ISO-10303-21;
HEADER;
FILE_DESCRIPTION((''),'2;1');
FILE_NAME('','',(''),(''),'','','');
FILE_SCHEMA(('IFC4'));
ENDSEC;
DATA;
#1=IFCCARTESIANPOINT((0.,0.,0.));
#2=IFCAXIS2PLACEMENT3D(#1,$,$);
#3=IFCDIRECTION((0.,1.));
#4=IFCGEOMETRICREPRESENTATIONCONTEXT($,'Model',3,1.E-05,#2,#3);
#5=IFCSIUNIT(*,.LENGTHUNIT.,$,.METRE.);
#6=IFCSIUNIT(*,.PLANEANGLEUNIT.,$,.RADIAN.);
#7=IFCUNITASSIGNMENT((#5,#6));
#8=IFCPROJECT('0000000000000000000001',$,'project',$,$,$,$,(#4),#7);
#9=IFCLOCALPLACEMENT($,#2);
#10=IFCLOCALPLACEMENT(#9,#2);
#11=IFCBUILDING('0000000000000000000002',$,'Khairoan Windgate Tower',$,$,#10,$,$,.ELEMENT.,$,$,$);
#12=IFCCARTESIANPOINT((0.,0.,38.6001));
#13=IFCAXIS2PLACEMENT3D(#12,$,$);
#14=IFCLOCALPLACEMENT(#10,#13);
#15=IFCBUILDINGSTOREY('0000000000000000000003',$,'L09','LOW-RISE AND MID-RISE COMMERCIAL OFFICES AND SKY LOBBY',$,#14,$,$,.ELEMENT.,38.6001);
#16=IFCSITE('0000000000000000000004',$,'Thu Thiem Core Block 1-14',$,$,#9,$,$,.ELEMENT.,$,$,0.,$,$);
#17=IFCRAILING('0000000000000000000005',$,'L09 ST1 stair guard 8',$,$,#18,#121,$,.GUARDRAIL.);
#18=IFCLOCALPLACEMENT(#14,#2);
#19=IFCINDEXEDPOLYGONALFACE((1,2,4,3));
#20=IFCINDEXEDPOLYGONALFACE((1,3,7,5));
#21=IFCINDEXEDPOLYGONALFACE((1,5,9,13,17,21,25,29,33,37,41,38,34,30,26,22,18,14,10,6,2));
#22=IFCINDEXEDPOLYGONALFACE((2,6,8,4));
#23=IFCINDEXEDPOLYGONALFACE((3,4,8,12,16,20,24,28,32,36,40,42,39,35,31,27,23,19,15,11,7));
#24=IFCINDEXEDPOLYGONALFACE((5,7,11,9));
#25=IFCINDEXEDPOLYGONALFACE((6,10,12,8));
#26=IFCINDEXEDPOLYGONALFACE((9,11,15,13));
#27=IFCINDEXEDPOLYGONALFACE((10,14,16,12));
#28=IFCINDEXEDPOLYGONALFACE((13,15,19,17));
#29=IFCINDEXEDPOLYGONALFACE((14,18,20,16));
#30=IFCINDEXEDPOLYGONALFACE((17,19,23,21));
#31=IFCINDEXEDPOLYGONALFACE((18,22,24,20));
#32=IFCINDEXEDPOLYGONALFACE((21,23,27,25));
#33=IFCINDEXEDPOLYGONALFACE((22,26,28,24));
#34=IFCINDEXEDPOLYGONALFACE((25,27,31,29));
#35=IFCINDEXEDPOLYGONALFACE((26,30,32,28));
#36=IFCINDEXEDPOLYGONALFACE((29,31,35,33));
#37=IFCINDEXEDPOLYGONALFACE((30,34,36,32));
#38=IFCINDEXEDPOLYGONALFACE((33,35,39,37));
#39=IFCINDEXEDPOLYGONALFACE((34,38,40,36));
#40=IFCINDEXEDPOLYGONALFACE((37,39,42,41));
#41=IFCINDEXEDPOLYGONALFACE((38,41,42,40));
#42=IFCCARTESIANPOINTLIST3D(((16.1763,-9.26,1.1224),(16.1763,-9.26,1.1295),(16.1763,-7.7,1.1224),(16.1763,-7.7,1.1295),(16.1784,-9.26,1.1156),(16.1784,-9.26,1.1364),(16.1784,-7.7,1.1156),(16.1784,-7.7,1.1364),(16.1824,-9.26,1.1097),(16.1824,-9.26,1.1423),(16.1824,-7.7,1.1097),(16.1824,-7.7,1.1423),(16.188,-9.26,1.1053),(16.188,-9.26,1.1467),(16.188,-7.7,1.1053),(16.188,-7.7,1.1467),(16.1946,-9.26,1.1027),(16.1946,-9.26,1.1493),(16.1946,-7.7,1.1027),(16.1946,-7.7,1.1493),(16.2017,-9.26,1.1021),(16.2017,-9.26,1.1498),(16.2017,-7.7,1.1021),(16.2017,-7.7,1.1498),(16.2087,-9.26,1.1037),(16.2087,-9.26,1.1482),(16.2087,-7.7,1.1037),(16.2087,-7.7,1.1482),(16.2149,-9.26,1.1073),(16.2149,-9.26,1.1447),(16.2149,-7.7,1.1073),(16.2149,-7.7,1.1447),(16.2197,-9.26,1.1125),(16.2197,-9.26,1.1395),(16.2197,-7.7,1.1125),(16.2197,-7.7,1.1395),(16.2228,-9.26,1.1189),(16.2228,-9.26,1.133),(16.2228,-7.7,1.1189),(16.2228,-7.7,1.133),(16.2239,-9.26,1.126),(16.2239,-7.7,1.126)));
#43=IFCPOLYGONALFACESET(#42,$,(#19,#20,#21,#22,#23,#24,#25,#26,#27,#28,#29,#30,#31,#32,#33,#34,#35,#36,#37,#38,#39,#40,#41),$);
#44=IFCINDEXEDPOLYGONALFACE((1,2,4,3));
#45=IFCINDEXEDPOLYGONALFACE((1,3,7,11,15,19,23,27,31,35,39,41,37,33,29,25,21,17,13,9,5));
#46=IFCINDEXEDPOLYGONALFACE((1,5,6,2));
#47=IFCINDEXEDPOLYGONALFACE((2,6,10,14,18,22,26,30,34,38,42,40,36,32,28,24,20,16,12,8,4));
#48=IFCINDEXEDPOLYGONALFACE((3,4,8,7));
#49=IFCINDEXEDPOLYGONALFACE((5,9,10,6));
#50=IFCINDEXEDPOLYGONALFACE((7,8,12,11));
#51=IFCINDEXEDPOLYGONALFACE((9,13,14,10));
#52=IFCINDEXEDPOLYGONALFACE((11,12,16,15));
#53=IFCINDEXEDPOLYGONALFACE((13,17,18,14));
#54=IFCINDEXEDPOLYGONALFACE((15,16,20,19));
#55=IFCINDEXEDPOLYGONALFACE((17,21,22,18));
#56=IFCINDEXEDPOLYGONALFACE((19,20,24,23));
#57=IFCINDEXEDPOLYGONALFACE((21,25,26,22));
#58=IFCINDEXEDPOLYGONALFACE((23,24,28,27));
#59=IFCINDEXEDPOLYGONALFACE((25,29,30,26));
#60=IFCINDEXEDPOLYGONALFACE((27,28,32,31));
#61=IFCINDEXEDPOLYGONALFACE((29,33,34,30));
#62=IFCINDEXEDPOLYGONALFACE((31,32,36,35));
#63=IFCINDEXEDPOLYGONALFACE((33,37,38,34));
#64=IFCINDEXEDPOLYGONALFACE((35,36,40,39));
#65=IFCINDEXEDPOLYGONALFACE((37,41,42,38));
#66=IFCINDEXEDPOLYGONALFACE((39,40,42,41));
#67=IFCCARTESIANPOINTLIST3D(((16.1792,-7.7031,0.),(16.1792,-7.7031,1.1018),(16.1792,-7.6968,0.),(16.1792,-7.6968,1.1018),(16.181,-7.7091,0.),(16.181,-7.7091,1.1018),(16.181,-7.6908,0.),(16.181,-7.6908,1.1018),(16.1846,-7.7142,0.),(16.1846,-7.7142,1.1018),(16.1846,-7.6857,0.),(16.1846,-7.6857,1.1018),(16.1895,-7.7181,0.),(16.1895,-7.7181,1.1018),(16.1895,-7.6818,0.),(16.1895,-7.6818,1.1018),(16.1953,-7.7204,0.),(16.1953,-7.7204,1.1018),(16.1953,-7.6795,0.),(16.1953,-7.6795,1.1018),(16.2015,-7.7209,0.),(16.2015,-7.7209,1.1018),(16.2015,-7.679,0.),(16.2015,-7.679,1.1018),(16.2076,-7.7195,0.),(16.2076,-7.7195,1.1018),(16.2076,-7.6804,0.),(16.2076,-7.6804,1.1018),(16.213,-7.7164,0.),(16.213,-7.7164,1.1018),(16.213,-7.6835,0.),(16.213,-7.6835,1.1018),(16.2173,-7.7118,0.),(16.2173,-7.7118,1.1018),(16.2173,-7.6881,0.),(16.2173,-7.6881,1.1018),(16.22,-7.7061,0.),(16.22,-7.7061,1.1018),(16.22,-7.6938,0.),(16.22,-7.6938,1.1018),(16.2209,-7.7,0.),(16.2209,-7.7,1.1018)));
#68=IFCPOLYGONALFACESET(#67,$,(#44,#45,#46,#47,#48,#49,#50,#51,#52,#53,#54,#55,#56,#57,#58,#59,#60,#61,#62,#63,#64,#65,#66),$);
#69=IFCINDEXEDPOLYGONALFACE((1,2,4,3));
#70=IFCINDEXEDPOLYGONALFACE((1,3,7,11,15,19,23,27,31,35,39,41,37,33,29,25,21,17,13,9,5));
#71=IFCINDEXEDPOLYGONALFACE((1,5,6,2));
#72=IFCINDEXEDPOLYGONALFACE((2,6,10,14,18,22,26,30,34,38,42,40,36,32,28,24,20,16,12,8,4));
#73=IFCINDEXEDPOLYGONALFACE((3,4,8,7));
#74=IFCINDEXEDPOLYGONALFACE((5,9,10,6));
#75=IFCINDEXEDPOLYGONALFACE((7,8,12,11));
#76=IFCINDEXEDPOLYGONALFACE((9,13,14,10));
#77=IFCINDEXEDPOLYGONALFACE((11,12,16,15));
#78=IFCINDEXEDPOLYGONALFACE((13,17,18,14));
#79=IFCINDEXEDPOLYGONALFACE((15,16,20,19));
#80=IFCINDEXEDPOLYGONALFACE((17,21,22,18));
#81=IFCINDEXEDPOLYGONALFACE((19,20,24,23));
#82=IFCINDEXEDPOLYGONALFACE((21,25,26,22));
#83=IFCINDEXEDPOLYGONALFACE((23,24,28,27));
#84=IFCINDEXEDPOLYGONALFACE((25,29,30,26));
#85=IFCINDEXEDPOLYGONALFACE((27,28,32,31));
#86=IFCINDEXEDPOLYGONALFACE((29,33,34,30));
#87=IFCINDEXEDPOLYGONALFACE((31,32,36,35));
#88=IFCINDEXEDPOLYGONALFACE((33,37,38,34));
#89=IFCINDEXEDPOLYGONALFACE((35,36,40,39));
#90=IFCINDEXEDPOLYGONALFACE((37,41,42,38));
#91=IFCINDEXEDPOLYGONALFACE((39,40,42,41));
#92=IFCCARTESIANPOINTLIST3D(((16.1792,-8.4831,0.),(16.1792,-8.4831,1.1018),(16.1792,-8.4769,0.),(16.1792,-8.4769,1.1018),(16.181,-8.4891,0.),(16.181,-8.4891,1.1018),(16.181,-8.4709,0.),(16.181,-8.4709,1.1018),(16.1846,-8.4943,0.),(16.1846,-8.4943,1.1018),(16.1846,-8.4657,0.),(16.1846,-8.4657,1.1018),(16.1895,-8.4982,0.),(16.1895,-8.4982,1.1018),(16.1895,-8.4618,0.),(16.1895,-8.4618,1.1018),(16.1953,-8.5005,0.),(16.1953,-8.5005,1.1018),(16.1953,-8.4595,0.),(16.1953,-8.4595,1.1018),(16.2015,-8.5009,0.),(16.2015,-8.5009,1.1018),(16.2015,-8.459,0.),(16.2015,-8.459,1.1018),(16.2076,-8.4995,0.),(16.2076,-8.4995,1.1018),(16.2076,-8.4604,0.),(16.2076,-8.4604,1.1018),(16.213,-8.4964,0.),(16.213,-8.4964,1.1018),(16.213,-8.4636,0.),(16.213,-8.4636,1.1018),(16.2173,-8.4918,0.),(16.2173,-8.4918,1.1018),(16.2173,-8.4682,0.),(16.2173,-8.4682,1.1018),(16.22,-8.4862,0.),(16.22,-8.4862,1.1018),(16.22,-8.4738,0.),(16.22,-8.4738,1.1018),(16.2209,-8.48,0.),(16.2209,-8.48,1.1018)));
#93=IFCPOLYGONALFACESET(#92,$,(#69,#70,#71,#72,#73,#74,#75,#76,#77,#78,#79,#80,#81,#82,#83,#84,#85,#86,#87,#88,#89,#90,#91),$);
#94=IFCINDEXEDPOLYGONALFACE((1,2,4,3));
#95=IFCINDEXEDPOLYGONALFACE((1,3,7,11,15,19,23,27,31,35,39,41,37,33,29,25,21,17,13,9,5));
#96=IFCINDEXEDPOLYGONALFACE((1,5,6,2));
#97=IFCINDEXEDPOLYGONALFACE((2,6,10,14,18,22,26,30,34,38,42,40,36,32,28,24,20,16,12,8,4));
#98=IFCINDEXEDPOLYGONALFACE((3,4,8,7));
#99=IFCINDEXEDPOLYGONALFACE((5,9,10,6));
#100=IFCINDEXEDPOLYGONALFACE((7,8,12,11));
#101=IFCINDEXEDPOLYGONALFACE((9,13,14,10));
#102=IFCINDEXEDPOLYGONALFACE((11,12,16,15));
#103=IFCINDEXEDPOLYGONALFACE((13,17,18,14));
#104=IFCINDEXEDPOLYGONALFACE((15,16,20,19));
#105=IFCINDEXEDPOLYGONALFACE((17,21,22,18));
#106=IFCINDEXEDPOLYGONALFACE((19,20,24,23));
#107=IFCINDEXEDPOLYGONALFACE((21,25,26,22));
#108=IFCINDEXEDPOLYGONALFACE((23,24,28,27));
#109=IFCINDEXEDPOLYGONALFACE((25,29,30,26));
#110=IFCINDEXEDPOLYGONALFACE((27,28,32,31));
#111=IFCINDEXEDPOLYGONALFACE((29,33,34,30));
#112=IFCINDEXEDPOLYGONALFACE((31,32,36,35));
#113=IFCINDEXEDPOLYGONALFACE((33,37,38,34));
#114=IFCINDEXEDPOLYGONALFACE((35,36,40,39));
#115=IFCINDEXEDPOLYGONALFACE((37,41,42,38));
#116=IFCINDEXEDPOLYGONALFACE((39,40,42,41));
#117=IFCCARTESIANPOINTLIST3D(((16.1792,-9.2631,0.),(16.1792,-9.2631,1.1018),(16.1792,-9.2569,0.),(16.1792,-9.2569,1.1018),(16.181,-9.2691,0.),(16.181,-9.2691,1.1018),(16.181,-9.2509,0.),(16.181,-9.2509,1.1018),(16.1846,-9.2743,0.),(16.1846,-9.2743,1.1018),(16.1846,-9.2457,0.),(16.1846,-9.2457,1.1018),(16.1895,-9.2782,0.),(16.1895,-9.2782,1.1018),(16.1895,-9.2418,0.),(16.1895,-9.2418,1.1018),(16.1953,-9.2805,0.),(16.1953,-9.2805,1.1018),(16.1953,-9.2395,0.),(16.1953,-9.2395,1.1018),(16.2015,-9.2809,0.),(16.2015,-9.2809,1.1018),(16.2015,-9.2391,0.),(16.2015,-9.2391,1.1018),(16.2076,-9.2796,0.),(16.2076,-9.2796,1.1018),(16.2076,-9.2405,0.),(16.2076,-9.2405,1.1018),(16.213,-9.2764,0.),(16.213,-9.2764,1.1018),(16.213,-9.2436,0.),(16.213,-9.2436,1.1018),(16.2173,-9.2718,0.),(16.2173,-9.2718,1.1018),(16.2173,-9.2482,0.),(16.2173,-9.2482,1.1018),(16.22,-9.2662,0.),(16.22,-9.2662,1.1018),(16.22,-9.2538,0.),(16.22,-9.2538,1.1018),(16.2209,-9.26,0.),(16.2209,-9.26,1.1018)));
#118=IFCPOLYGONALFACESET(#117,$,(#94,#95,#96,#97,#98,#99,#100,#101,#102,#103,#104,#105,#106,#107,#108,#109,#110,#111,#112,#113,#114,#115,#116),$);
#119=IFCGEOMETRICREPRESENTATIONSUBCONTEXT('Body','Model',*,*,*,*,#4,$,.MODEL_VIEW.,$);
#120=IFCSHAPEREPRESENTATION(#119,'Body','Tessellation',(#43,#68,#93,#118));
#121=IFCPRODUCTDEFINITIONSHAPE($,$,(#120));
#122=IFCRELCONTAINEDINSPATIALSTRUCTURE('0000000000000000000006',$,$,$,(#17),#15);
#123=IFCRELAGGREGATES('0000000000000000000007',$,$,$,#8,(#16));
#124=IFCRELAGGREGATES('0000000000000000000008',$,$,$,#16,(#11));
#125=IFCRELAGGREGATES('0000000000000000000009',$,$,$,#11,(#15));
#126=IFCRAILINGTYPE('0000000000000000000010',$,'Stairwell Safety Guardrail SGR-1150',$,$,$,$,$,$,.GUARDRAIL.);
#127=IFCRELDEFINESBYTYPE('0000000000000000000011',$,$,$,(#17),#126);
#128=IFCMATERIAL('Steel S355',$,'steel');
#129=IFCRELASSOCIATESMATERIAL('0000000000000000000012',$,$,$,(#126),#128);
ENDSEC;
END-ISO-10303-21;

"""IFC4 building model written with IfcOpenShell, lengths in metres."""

from ifc_helpers import new_model, si_unit, direction, frame, origin, origin_2d, place, context, subcontext, project, spatial, circle, extrude, material, type_object, element, save


model = new_model("IFC4")

# Units and contexts
model_context = context("Model", 3, precision=1e-05, world=origin(), true_north=direction((0.0, 1.0)))
body_context = subcontext(model_context, "Body", "Model", "MODEL_VIEW")
ifc_project = project(units=[si_unit("LENGTHUNIT", "METRE"), si_unit("PLANEANGLEUNIT", "RADIAN")], contexts=[model_context])

# Site, building, storey
site_placement = place(None, origin())
site = spatial("IfcSite", under=ifc_project, at=site_placement, Name="Thu Thiem Core Block 1-14", CompositionType="ELEMENT", RefElevation=0.0)
building_placement = place(site_placement, origin())
building = spatial("IfcBuilding", under=site, at=building_placement, Name="Khairoan Windgate Tower", CompositionType="ELEMENT")
storey_placement = place(building_placement, frame((0.0, 0.0, 38.6001)))
storey = spatial("IfcBuildingStorey", under=building, at=storey_placement, Name="L09", Description="LOW-RISE AND MID-RISE COMMERCIAL OFFICES AND SKY LOBBY", CompositionType="ELEMENT", Elevation=38.6001)

# Railing
ifc_material_1 = material(Name="Steel S355", Category="steel")
railing_type_1 = type_object("IfcRailingType", Name="Stairwell Safety Guardrail SGR-1150", PredefinedType="GUARDRAIL", material=ifc_material_1)
railing_1_placement = place(storey_placement, frame((16.2, -7.7, 0.0)))
element("IfcRailing", 1, at=railing_1_placement, inside=storey, type_object=railing_type_1, Name="L09 ST1 stair guard 8", PredefinedType="GUARDRAIL", context=body_context, shape_type="SweptSolid", body=[
    extrude(circle(Radius=0.0239, at=origin_2d()), frame((0.0, 0.0, 1.126), z_axis=(0.0, -1.0, 0.0), x_axis=(1.0, 0.0, 0.0)), (0.0, 0.0, 1.0), 1.5601),
    extrude(circle(Radius=0.021, at=origin_2d()), origin(), (0.0, 0.0, 1.0), 1.1018),
    extrude(circle(Radius=0.021, at=origin_2d()), frame((0.0, -0.78, 0.0)), (0.0, 0.0, 1.0), 1.1018),
    extrude(circle(Radius=0.021, at=origin_2d()), frame((0.0, -1.5601, 0.0)), (0.0, 0.0, 1.0), 1.1018),
])

save(model, "model.ifc")
